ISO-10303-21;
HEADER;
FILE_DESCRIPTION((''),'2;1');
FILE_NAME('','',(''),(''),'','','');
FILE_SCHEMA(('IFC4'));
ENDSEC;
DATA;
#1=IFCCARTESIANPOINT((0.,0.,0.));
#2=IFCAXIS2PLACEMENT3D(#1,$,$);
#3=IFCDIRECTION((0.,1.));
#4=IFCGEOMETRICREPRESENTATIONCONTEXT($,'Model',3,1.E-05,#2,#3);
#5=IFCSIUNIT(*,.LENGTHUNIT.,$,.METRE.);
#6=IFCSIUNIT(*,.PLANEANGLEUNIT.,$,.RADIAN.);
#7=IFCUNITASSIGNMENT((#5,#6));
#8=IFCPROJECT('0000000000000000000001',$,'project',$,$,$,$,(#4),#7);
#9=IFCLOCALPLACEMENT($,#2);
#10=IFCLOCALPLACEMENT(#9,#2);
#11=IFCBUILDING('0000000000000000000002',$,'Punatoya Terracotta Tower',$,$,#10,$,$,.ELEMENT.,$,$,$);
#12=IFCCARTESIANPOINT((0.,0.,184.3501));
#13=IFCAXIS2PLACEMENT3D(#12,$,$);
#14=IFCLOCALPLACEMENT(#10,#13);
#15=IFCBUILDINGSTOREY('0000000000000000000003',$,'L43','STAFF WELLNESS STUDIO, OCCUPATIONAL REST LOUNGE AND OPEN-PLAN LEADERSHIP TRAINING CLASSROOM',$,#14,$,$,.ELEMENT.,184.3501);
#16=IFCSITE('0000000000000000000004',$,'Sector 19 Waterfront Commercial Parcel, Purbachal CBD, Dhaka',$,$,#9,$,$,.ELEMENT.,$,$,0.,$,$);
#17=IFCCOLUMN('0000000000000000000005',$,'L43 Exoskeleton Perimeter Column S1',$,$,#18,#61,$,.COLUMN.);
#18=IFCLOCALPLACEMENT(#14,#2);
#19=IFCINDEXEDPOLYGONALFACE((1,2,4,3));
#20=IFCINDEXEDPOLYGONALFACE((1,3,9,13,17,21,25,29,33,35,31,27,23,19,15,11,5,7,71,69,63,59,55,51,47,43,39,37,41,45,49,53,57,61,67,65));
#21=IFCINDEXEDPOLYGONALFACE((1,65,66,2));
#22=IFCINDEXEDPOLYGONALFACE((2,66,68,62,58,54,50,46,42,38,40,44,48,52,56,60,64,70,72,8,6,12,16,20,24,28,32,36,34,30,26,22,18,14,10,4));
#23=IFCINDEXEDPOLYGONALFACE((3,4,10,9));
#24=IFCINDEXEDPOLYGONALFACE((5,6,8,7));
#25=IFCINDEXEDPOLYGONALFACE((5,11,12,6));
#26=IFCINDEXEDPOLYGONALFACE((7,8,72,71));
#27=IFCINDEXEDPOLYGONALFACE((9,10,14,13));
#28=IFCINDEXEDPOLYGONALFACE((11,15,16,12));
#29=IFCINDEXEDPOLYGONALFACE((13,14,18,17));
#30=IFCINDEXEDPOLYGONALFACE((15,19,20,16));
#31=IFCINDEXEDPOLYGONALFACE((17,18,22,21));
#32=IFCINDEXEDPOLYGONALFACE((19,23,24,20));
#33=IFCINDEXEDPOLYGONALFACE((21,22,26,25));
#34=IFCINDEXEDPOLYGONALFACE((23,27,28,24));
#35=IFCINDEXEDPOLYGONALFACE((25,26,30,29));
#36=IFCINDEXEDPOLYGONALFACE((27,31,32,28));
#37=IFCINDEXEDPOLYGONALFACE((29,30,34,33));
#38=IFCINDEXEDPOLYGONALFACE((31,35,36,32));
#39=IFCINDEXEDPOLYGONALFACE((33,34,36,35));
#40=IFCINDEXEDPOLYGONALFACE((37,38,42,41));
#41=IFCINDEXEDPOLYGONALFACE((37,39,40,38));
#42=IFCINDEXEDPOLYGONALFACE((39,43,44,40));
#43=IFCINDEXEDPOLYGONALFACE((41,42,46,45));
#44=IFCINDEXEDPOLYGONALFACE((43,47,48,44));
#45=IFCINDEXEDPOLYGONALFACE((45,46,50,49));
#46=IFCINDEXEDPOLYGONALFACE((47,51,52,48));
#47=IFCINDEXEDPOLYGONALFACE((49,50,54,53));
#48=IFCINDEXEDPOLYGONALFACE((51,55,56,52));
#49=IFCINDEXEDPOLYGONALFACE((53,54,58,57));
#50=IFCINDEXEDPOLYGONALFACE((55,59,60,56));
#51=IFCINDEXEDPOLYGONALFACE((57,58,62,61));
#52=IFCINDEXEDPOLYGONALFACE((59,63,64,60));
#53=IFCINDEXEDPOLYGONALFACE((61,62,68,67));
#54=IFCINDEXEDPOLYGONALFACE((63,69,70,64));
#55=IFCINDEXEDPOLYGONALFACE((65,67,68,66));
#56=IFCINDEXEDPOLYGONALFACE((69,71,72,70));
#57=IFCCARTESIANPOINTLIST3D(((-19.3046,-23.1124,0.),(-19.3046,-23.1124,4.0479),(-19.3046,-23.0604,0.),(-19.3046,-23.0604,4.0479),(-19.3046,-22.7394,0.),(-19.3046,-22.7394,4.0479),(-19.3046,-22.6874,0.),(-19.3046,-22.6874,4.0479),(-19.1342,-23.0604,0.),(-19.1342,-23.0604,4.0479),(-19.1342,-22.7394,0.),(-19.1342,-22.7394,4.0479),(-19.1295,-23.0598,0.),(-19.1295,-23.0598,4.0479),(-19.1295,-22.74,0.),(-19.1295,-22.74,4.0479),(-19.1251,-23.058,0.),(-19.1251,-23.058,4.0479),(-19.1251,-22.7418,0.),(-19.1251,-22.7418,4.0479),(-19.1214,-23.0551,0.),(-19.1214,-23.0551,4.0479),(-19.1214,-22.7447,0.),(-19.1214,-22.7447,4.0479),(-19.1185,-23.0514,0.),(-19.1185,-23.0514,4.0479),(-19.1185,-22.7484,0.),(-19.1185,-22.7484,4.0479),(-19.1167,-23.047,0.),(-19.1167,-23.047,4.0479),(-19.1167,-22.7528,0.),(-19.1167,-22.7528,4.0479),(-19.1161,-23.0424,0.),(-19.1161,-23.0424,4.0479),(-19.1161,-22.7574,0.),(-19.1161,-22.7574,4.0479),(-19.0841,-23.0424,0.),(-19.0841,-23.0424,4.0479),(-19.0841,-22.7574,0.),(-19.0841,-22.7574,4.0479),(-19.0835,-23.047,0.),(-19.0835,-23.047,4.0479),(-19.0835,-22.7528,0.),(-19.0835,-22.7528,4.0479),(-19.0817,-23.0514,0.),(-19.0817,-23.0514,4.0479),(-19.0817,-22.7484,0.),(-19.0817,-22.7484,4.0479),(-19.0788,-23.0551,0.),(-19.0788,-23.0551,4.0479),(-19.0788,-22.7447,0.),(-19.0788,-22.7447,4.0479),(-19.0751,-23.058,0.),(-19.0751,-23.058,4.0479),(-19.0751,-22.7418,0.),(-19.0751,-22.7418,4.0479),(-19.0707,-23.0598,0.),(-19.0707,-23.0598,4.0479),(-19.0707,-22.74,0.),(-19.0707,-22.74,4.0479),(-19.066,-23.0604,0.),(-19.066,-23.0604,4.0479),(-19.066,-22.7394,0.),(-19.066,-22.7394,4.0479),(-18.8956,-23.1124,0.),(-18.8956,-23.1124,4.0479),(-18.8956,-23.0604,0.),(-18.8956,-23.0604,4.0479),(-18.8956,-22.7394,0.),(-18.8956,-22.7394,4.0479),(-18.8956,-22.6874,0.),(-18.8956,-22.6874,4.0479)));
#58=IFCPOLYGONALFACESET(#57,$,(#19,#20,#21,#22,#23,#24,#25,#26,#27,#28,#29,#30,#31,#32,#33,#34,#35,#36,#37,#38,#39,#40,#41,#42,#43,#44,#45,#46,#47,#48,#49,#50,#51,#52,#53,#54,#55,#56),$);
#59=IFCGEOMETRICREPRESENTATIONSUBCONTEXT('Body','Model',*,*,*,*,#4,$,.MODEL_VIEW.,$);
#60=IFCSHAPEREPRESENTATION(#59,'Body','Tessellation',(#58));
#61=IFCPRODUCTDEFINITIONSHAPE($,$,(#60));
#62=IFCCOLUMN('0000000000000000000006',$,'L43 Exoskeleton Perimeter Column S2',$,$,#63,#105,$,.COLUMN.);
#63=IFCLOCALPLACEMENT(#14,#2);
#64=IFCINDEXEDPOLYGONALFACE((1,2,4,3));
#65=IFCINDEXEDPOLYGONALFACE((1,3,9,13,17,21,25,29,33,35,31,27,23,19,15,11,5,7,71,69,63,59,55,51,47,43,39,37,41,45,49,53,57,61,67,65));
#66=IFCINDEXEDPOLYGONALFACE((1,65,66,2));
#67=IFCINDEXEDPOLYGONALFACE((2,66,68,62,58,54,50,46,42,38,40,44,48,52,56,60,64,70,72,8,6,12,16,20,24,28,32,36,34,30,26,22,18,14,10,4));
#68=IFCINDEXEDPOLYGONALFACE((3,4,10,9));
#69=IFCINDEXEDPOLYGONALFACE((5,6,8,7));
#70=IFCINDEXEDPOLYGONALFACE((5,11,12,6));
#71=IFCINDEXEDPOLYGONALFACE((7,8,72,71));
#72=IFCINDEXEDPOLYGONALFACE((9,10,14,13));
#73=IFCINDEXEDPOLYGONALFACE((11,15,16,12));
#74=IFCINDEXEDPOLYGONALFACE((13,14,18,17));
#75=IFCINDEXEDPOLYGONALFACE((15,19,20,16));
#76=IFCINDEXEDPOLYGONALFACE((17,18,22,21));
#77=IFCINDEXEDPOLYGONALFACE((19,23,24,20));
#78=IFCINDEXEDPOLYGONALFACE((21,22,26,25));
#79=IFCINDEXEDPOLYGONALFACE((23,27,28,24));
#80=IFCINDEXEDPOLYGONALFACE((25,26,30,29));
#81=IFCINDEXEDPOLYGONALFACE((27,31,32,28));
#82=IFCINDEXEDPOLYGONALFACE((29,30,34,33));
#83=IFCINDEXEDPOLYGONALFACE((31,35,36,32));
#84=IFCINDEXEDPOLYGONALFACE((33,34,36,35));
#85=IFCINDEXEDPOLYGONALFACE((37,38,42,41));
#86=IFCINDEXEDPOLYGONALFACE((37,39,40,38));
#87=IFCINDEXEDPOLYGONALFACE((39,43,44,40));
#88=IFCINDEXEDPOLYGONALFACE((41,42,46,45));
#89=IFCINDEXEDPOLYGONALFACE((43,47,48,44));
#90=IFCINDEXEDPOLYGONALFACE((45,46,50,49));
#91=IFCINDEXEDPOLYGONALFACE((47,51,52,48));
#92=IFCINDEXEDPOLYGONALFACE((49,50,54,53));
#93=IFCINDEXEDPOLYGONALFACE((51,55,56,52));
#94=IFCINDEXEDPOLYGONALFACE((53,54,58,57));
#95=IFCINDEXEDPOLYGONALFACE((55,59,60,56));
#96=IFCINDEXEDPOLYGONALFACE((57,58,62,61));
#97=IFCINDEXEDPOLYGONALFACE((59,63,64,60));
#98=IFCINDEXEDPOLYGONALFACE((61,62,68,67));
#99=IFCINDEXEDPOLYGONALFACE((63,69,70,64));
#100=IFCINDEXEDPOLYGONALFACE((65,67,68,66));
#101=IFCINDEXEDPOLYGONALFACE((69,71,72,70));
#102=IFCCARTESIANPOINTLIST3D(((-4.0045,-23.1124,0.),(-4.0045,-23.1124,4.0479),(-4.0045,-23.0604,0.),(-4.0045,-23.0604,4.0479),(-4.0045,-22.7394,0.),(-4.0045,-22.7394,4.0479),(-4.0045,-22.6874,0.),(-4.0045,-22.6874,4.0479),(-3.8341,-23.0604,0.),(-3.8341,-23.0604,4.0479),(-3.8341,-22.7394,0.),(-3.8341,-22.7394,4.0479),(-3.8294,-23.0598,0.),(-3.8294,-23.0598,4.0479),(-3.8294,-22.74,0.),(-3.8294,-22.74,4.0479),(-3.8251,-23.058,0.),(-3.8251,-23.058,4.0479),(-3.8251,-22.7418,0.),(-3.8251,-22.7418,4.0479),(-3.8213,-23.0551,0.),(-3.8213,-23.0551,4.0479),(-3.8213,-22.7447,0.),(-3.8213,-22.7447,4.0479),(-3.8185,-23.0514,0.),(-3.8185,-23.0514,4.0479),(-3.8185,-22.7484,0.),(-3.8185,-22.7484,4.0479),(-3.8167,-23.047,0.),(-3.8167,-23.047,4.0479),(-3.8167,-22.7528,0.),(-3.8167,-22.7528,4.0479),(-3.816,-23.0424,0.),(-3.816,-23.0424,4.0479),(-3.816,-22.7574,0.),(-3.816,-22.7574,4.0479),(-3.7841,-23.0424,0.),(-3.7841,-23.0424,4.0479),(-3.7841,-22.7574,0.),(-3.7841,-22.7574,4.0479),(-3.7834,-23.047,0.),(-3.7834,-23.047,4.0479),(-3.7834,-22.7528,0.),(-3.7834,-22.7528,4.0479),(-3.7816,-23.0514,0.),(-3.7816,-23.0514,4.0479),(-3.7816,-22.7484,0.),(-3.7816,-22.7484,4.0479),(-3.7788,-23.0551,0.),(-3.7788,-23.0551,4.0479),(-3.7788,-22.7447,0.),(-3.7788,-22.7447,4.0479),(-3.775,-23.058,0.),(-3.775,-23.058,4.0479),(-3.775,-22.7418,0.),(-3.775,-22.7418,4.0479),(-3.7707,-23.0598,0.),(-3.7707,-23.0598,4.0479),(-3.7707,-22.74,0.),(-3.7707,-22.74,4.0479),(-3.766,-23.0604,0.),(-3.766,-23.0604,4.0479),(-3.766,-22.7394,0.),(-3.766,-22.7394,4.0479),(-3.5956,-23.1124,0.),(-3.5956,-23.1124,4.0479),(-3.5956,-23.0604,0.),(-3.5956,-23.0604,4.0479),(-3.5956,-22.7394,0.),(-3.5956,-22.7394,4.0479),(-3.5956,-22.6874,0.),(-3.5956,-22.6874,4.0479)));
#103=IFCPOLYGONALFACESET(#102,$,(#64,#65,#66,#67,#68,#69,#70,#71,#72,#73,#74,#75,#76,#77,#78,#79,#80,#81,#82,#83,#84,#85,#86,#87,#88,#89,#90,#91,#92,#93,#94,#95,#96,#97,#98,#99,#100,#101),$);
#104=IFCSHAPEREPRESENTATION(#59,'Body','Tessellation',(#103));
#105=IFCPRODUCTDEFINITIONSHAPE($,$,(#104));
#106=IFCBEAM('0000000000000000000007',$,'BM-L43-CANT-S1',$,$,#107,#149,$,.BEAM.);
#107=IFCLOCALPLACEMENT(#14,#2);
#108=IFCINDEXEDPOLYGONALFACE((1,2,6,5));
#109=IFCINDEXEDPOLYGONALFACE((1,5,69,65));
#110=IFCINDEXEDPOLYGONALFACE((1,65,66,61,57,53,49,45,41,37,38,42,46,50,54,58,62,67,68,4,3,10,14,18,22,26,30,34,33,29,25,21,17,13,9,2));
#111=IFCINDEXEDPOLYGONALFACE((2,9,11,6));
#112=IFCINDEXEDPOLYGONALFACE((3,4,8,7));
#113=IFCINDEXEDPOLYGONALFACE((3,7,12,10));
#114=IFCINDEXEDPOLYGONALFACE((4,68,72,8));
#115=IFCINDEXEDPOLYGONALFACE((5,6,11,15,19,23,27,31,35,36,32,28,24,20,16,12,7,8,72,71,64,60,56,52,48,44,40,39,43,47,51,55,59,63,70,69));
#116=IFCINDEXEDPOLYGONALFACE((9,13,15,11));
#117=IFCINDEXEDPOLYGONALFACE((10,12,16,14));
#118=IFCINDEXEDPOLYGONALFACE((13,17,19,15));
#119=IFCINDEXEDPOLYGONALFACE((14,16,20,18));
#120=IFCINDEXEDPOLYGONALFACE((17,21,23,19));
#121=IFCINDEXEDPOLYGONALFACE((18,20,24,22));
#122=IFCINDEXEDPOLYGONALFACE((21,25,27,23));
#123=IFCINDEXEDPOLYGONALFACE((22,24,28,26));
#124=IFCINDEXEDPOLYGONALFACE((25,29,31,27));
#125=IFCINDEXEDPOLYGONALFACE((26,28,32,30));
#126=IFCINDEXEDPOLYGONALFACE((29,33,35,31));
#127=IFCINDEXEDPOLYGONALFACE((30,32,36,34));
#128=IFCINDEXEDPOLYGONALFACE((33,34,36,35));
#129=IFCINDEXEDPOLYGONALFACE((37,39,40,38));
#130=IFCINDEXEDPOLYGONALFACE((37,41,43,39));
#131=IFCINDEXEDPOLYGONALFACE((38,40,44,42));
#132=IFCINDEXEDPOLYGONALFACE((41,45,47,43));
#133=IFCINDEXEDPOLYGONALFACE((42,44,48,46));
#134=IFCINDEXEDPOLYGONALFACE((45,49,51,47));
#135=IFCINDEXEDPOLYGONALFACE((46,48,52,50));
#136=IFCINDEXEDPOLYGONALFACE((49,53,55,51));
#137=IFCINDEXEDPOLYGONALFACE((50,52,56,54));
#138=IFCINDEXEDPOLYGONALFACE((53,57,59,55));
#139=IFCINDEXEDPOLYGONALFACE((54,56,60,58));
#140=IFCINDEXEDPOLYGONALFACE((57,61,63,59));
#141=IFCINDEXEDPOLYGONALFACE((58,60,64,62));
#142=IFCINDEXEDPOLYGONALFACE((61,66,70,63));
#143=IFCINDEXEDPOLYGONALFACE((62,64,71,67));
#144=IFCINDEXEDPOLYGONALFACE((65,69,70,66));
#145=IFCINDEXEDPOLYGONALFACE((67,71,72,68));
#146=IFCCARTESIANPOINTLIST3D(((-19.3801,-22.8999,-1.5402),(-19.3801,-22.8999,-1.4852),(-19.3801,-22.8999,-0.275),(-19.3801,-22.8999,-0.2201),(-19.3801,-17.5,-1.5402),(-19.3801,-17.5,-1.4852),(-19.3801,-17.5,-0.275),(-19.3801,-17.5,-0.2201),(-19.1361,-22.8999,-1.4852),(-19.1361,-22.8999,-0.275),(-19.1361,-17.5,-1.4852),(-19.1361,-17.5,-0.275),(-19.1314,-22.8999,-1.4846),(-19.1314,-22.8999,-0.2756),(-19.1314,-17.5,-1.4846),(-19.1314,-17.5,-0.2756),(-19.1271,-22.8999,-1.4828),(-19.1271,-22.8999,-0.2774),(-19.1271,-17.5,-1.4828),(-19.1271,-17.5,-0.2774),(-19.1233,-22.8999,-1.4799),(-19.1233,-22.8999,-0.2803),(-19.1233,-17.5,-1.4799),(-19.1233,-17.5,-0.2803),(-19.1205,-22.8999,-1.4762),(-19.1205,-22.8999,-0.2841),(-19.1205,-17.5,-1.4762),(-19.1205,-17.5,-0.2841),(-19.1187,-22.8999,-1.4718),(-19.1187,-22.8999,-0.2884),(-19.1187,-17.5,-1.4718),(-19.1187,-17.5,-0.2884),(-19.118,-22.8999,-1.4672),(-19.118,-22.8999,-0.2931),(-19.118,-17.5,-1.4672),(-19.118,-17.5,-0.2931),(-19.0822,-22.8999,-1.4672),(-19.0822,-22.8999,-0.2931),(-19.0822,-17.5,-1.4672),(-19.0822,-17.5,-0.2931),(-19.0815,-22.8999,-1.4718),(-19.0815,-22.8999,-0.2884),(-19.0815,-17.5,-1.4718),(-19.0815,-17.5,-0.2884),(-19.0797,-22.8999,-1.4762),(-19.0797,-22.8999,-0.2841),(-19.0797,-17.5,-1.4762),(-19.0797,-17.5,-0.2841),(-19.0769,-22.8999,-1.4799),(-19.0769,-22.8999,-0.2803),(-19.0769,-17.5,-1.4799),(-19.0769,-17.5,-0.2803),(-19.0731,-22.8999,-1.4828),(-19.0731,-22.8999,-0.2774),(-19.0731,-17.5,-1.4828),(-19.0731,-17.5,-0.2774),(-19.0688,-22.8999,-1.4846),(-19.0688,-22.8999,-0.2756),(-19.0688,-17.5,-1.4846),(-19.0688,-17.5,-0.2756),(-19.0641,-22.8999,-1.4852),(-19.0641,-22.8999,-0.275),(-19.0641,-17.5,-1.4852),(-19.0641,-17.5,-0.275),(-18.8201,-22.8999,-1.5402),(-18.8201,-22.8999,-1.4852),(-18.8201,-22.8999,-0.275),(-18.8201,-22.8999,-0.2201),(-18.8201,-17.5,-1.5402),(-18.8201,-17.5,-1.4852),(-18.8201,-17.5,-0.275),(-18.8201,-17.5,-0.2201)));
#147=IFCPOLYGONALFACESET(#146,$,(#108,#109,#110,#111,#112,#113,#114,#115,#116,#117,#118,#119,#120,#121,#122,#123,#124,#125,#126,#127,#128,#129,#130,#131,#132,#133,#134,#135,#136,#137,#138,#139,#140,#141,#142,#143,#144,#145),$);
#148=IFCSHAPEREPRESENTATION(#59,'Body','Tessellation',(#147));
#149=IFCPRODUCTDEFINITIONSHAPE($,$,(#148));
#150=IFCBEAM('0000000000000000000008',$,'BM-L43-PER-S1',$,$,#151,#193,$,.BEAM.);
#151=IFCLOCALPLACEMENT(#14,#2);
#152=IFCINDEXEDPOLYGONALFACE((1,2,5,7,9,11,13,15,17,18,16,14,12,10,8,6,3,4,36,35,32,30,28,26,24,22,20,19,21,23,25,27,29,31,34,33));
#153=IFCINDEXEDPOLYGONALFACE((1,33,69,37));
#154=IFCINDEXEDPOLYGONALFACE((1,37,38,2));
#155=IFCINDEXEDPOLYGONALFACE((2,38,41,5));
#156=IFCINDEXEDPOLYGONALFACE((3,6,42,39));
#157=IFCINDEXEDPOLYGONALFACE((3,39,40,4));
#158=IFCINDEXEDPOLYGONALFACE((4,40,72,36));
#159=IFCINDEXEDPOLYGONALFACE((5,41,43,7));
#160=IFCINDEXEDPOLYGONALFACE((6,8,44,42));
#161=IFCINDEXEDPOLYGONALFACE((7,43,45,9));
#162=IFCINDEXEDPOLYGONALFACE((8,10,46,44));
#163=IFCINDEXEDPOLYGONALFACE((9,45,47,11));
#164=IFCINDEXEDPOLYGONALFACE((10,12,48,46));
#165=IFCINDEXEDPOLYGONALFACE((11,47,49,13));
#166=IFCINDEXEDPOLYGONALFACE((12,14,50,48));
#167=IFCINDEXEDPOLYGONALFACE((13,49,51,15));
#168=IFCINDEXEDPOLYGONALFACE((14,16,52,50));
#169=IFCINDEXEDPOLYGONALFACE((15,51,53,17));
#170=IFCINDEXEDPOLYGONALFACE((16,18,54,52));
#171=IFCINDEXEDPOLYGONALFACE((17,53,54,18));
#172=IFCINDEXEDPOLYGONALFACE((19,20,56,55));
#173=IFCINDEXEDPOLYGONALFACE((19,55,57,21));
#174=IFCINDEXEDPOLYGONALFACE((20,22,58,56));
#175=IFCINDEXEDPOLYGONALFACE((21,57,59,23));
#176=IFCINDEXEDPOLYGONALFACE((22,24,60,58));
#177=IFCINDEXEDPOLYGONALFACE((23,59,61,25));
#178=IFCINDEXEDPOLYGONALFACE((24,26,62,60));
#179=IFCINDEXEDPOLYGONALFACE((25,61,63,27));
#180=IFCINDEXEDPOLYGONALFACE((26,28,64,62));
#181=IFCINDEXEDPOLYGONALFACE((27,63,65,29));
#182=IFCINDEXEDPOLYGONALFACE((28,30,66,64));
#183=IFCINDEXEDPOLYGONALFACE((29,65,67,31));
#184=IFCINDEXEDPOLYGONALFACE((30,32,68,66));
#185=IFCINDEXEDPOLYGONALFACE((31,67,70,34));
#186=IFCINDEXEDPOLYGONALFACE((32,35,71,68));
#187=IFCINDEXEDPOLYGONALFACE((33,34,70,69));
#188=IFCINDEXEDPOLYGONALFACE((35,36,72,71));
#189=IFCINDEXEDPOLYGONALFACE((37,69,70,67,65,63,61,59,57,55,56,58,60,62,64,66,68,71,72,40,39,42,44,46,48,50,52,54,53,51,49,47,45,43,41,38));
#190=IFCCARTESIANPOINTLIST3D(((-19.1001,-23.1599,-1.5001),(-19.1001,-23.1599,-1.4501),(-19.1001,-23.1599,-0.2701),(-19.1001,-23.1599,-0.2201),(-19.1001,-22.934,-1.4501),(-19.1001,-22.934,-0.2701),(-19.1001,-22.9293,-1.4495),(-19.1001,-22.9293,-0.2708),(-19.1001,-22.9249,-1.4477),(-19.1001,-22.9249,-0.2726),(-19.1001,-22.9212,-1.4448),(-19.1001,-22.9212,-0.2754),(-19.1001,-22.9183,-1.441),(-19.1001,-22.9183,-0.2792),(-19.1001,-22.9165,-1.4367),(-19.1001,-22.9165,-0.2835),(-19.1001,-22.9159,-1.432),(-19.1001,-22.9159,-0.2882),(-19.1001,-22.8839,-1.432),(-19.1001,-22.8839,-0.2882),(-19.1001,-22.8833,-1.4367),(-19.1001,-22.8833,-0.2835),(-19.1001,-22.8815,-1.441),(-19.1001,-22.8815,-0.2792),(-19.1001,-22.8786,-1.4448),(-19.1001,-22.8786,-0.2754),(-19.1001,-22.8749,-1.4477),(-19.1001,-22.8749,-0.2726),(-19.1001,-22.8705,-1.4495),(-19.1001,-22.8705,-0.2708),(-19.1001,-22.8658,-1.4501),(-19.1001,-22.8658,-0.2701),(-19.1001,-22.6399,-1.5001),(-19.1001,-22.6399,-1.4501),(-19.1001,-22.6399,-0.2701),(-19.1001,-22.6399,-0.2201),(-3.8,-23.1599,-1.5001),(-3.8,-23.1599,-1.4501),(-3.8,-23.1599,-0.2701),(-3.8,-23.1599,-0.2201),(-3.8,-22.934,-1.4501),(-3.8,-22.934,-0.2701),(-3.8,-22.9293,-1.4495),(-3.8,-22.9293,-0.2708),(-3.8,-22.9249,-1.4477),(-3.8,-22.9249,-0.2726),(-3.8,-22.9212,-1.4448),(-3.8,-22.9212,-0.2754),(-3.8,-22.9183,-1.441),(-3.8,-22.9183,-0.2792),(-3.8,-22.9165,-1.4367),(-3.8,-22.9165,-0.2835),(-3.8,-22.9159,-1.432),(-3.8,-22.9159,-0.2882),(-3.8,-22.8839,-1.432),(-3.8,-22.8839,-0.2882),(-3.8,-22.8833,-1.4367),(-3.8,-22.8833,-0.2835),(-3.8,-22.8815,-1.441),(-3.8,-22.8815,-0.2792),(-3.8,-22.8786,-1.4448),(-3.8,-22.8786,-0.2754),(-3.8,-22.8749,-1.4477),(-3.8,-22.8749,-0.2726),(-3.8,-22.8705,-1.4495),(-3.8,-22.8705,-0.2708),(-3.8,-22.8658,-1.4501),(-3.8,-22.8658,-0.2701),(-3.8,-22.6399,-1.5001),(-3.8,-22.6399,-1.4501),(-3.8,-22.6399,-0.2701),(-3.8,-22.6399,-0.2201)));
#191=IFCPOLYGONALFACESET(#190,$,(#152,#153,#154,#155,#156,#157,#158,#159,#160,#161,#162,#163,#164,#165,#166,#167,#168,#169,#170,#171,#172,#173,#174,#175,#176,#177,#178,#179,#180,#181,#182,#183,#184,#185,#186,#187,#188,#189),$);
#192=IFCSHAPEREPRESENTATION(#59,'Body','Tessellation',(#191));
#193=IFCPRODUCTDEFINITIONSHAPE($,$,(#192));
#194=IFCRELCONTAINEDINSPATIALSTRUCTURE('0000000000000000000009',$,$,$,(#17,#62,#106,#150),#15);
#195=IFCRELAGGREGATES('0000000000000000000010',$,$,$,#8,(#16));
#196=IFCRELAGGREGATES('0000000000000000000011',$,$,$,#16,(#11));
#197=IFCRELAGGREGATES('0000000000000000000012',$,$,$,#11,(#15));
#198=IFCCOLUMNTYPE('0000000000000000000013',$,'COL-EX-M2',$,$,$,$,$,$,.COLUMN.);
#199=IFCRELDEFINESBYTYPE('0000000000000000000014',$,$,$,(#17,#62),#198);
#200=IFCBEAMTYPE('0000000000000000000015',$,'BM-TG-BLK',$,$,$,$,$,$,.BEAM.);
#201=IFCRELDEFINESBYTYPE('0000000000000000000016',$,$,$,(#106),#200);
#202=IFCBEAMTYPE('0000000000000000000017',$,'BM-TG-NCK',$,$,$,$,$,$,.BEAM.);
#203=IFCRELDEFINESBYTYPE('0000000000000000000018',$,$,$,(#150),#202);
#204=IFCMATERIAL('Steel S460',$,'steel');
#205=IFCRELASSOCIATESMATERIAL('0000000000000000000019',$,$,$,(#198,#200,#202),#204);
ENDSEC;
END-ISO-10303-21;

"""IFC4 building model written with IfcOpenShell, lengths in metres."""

from ifc_helpers import new_model, si_unit, direction, frame, origin, origin_2d, place, context, subcontext, project, spatial, i_section, extrude, material, material_profile, profile_set, type_object, element, save


model = new_model("IFC4")

# Units and contexts
model_context = context("Model", 3, precision=1e-05, world=origin(), true_north=direction((0.0, 1.0)))
body_context = subcontext(model_context, "Body", "Model", "MODEL_VIEW")
ifc_project = project(units=[si_unit("LENGTHUNIT", "METRE"), si_unit("PLANEANGLEUNIT", "RADIAN")], contexts=[model_context])

# Site, building, storey
site_placement = place(None, origin())
site = spatial("IfcSite", under=ifc_project, at=site_placement, Name="Sector 19 Waterfront Commercial Parcel, Purbachal CBD, Dhaka", CompositionType="ELEMENT", RefElevation=0.0)
building_placement = place(site_placement, origin())
building = spatial("IfcBuilding", under=site, at=building_placement, Name="Punatoya Terracotta Tower", CompositionType="ELEMENT")
storey_placement = place(building_placement, frame((0.0, 0.0, 184.3501)))
storey = spatial("IfcBuildingStorey", under=building, at=storey_placement, Name="L43", Description="STAFF WELLNESS STUDIO, OCCUPATIONAL REST LOUNGE AND OPEN-PLAN LEADERSHIP TRAINING CLASSROOM", CompositionType="ELEMENT", Elevation=184.3501)

# Columns
ifc_material_1 = material(Name="Steel S460", Category="steel")
ifc_material_profile_1 = material_profile(ifc_material_1, i_section(OverallWidth=0.4089, OverallDepth=0.425, WebThickness=0.032, FlangeThickness=0.052, FilletRadius=0.0181, at=origin_2d()))
ifc_profile_set_1 = profile_set([ifc_material_profile_1], Name="Steel S460")
column_type = type_object("IfcColumnType", Name="COL-EX-M2", PredefinedType="COLUMN", material=ifc_profile_set_1)
for number, where, z_axis, x_axis, name in (
    (1, (-19.1001, -22.8999, 0.0), (0.0, 0.0, 1.0), (1.0, 0.0, 0.0), "L43 Exoskeleton Perimeter Column S1"),
    (2, (-3.8, -22.8999, 0.0), (0.0, 0.0, 1.0), (1.0, 0.0, 0.0), "L43 Exoskeleton Perimeter Column S2"),
):
    element("IfcColumn", number, at=place(storey_placement, frame(where, z_axis=z_axis, x_axis=x_axis)), inside=storey, type_object=column_type, Name=name, PredefinedType="COLUMN", context=body_context, shape_type="SweptSolid", body=[
        extrude(i_section(OverallWidth=0.4089, OverallDepth=0.425, WebThickness=0.032, FlangeThickness=0.052, FilletRadius=0.0181, at=origin_2d()), origin(), (0.0, 0.0, 1.0), 4.0479),
    ])

# Beams
ifc_material_profile_2 = material_profile(ifc_material_1, i_section(OverallWidth=0.5601, OverallDepth=1.3201, WebThickness=0.0359, FlangeThickness=0.0549, FilletRadius=0.0181, at=origin_2d()))
ifc_profile_set_2 = profile_set([ifc_material_profile_2], Name="Steel S460")
beam_type_1 = type_object("IfcBeamType", Name="BM-TG-BLK", PredefinedType="BEAM", material=ifc_profile_set_2)
beam_1_placement = place(storey_placement, frame((-19.1001, -22.8999, -0.8801), z_axis=(0.0, 1.0, 0.0), x_axis=(-1.0, 0.0, 0.0)))
element("IfcBeam", 3, at=beam_1_placement, inside=storey, type_object=beam_type_1, Name="BM-L43-CANT-S1", PredefinedType="BEAM", context=body_context, shape_type="SweptSolid", body=[
    extrude(i_section(OverallWidth=0.5601, OverallDepth=1.3201, WebThickness=0.0359, FlangeThickness=0.0549, FilletRadius=0.0181, at=origin_2d()), origin(), (0.0, 0.0, 1.0), 5.3999),
])
ifc_material_profile_3 = material_profile(ifc_material_1, i_section(OverallWidth=0.52, OverallDepth=1.28, WebThickness=0.032, FlangeThickness=0.05, FilletRadius=0.0181, at=origin_2d()))
ifc_profile_set_3 = profile_set([ifc_material_profile_3], Name="Steel S460")
beam_type_2 = type_object("IfcBeamType", Name="BM-TG-NCK", PredefinedType="BEAM", material=ifc_profile_set_3)
beam_2_placement = place(storey_placement, frame((-19.1001, -22.8999, -0.8601), z_axis=(1.0, 0.0, 0.0), x_axis=(0.0, 1.0, 0.0)))
element("IfcBeam", 4, at=beam_2_placement, inside=storey, type_object=beam_type_2, Name="BM-L43-PER-S1", PredefinedType="BEAM", context=body_context, shape_type="SweptSolid", body=[
    extrude(i_section(OverallWidth=0.52, OverallDepth=1.28, WebThickness=0.032, FlangeThickness=0.05, FilletRadius=0.0181, at=origin_2d()), origin(), (0.0, 0.0, 1.0), 15.3),
])

save(model, "model.ifc")
